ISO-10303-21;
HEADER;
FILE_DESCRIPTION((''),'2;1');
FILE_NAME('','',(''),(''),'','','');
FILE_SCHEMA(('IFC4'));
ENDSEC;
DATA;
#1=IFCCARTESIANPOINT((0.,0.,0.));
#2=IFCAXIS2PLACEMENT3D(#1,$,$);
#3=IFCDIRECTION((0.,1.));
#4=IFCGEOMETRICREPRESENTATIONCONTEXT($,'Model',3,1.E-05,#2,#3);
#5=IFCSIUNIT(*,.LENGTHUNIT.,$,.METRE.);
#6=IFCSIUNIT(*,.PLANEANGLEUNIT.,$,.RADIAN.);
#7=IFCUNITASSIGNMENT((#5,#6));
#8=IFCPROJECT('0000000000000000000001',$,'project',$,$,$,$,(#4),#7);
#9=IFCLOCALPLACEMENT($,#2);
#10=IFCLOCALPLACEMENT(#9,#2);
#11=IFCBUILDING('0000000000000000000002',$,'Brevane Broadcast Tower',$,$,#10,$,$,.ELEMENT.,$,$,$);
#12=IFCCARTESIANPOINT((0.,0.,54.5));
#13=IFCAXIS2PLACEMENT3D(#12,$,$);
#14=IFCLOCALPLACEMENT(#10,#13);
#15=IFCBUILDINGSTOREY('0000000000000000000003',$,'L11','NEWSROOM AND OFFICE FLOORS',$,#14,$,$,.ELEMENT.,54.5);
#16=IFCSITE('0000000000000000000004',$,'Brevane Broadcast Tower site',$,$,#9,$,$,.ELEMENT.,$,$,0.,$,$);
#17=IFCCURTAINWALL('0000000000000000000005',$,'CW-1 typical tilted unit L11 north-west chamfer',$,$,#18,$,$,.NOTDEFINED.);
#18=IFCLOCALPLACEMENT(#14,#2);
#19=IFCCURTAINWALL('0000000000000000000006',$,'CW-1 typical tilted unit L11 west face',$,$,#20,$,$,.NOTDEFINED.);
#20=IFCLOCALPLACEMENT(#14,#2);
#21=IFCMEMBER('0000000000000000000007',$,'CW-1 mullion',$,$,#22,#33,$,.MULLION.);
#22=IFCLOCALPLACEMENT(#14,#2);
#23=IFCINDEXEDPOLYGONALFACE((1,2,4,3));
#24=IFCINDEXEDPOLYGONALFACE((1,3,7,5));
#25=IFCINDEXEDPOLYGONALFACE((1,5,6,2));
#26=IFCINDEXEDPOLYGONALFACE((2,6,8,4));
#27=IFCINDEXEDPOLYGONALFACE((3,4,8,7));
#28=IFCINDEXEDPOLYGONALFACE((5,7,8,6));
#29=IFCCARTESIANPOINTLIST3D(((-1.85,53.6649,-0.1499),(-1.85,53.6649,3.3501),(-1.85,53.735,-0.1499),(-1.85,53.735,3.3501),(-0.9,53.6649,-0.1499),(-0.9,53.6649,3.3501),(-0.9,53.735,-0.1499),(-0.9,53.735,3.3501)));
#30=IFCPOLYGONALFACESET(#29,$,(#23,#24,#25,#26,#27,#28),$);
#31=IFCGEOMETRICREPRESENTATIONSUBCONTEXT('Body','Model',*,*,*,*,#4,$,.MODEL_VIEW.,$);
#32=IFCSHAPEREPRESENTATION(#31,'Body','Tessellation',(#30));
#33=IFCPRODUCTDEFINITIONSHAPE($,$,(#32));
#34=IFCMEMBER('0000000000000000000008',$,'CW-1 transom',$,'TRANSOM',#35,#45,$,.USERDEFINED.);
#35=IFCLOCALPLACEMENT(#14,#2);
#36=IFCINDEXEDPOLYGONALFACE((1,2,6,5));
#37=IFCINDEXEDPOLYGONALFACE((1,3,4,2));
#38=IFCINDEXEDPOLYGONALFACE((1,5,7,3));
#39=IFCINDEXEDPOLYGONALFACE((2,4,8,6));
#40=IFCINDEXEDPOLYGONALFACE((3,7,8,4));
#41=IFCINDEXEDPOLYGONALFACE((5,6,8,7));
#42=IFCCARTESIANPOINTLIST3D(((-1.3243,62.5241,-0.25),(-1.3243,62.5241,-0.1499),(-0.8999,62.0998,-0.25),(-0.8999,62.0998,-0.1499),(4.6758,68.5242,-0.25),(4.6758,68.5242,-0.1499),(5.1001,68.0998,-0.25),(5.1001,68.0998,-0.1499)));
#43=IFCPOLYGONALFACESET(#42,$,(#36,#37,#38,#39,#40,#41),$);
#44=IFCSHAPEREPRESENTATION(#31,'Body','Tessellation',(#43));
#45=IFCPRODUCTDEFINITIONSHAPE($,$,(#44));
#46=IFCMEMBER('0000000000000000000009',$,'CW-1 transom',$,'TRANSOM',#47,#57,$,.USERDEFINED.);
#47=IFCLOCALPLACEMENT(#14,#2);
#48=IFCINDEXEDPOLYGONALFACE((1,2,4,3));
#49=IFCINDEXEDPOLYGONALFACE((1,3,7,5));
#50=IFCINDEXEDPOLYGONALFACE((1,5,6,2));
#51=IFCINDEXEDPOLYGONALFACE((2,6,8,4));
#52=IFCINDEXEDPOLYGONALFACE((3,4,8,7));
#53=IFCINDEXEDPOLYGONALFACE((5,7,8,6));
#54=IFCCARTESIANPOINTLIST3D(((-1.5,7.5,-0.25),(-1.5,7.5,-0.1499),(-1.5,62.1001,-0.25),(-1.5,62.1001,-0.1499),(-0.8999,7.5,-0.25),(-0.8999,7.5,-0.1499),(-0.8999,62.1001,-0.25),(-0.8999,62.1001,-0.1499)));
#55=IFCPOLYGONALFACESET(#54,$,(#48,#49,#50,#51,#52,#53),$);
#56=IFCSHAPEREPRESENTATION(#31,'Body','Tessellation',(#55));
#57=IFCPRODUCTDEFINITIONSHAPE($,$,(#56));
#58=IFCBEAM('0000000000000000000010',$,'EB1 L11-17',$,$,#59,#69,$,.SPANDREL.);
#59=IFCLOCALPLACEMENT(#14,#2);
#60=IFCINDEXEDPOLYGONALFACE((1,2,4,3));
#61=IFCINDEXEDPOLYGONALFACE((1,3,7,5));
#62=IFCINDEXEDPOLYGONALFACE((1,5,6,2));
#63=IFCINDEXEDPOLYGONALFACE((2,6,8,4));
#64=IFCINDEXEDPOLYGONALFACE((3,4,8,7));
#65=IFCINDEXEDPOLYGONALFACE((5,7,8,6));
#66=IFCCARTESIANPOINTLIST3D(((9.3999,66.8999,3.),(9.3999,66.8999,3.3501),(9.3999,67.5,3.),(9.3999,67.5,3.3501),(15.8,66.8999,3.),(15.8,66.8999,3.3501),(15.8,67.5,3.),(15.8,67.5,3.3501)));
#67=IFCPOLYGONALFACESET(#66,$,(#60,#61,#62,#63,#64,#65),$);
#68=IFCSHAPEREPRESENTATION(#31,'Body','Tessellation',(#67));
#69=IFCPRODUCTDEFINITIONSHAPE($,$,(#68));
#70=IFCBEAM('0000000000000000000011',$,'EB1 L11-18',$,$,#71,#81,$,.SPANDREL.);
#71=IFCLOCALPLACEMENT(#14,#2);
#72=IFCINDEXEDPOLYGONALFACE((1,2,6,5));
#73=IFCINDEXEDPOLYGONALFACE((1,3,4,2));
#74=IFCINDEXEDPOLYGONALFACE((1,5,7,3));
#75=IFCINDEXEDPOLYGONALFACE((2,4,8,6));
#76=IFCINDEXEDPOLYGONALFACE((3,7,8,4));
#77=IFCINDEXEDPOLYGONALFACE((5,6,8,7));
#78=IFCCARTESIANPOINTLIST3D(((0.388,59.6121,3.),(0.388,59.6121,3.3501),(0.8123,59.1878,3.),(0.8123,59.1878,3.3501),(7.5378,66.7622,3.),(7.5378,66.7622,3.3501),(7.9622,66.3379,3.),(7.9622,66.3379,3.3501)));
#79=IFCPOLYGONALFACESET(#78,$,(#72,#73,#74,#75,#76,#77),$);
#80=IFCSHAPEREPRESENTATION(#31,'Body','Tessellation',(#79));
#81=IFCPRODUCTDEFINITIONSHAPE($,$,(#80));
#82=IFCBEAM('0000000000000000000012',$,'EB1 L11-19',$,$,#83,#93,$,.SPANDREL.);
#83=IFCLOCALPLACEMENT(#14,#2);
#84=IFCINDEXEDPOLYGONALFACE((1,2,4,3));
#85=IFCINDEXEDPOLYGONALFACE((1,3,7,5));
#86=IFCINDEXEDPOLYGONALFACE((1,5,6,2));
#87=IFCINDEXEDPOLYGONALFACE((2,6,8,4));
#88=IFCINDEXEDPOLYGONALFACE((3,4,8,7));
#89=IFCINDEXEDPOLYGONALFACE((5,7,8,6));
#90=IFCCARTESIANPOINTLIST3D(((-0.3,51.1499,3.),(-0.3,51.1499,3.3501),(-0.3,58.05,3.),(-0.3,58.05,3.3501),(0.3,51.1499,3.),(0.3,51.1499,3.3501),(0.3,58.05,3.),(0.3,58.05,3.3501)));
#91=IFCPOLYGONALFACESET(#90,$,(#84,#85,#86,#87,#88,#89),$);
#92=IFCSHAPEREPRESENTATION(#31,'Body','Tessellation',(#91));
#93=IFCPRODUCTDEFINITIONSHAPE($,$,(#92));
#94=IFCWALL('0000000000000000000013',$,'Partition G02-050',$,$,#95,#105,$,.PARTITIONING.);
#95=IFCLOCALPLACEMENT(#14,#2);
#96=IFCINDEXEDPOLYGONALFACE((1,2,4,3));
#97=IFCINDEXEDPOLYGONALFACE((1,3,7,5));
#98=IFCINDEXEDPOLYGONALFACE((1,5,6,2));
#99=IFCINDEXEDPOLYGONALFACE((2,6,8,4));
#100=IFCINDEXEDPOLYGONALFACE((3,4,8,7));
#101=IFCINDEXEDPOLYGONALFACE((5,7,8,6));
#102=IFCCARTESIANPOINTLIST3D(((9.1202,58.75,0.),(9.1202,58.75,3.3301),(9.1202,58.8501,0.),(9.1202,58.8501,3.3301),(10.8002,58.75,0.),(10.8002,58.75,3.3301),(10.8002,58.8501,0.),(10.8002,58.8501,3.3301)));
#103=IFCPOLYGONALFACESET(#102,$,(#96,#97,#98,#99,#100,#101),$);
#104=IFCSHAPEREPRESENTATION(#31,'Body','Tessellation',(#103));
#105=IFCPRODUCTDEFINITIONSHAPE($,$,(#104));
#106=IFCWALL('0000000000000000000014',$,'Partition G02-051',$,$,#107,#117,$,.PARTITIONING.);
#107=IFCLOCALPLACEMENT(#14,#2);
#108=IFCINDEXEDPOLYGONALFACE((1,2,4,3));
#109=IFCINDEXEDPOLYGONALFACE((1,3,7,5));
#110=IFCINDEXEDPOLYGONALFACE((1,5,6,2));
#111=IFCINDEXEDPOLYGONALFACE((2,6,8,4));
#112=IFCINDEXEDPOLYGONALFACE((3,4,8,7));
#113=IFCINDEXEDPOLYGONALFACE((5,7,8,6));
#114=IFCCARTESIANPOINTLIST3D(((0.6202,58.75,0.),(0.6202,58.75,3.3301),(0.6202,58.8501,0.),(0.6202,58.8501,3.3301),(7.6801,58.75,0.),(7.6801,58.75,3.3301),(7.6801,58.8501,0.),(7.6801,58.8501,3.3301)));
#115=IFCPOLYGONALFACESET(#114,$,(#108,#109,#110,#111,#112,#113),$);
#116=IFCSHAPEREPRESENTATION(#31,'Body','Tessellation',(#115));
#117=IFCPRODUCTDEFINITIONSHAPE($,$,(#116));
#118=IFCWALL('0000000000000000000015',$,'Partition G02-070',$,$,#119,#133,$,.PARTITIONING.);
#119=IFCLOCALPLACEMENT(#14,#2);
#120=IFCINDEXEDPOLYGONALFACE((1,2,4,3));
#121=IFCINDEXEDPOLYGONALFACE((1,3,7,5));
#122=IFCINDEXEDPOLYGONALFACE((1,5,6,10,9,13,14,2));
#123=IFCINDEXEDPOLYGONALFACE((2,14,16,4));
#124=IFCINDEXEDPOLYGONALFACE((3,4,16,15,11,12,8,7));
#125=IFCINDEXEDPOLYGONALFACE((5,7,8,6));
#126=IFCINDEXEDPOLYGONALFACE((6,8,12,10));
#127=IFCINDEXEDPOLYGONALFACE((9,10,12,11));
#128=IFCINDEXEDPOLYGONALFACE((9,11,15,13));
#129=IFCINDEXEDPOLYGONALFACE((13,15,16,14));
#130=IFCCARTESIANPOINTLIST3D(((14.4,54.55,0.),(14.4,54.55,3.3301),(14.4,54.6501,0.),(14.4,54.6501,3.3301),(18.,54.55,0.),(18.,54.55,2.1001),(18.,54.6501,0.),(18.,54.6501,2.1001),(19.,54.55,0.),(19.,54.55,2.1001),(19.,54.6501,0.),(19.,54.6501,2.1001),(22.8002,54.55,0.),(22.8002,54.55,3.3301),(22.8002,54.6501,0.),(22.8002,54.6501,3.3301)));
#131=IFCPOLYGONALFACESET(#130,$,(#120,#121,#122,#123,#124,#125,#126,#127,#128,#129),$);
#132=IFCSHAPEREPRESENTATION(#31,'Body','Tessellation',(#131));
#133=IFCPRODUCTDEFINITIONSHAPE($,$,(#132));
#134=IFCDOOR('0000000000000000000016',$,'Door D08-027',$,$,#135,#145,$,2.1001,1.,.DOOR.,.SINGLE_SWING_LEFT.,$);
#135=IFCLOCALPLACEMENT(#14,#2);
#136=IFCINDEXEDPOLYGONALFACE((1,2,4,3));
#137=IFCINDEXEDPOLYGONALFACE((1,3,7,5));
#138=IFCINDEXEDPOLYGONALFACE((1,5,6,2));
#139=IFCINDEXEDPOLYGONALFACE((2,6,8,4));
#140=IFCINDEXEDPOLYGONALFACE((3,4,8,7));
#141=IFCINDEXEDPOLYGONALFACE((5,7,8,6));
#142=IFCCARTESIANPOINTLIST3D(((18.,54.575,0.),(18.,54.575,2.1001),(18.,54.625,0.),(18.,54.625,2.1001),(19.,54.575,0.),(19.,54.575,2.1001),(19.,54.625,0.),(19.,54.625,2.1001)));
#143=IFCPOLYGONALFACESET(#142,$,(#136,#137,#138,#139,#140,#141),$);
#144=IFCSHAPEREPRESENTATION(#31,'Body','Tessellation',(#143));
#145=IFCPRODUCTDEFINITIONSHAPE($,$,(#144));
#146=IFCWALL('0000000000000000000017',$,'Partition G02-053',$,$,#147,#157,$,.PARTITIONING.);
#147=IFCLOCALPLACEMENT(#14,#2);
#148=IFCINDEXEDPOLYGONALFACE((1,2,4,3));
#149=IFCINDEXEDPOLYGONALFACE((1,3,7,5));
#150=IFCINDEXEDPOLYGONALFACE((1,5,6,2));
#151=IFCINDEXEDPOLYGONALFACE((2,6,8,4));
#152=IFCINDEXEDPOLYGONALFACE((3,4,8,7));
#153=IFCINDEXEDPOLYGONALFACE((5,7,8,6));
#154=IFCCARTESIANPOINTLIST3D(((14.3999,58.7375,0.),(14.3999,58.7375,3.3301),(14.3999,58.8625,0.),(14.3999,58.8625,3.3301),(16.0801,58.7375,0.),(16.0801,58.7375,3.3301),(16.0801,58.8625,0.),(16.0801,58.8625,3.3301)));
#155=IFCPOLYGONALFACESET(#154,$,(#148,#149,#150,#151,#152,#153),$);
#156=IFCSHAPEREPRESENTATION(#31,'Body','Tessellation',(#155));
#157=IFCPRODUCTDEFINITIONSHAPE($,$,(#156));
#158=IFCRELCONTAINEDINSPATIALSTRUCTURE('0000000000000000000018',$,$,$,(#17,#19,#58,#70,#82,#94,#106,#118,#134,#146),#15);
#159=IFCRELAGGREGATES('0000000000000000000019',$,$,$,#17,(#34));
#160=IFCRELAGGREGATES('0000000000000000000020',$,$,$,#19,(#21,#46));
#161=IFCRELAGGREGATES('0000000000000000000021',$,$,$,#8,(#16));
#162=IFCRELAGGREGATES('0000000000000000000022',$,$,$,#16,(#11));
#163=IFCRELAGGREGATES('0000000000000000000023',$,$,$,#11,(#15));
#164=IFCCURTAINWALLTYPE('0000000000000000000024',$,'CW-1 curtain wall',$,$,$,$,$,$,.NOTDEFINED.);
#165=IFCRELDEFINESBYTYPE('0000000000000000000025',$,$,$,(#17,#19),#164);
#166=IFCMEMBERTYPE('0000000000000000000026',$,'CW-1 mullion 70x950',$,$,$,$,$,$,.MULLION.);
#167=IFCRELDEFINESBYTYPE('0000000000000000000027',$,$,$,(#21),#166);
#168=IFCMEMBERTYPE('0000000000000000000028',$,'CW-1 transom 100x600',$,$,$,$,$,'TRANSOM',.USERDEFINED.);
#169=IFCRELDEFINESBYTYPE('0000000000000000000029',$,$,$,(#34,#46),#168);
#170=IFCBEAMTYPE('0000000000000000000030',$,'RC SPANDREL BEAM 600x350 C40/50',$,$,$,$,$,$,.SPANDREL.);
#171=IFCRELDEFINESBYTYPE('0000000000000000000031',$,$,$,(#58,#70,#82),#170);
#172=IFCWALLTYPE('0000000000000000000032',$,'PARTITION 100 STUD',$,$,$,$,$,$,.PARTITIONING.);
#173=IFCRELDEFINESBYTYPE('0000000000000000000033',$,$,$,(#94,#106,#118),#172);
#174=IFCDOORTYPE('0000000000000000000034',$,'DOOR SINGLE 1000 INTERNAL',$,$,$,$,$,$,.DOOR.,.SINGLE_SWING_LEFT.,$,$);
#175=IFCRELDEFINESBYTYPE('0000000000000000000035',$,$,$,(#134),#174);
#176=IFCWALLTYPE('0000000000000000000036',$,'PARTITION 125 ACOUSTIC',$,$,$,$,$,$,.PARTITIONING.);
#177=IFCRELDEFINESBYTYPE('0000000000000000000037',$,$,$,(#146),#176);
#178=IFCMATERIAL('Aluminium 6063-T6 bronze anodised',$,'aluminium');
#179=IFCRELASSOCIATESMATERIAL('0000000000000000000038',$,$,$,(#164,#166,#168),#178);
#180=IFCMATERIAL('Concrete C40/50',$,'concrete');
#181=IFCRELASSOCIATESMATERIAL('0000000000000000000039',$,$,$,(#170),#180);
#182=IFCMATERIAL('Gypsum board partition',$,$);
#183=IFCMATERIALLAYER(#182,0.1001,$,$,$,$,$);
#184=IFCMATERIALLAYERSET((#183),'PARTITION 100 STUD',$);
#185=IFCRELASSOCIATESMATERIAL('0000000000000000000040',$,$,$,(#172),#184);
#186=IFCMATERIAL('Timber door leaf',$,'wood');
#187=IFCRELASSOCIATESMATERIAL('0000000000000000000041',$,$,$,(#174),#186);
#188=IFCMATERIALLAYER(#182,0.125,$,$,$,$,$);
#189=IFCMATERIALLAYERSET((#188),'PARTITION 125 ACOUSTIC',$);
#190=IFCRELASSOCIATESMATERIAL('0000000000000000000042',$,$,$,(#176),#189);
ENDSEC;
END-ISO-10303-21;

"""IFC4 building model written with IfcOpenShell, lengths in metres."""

from ifc_helpers import new_model, si_unit, direction, frame, frame_2d, origin, origin_2d, place, context, subcontext, project, spatial, rectangle, extrude, material, layer, layer_set, material_profile, profile_set, type_object, element, fill, aggregate, save


model = new_model("IFC4")

# Units and contexts
model_context = context("Model", 3, precision=1e-05, world=origin(), true_north=direction((0.0, 1.0)))
body_context = subcontext(model_context, "Body", "Model", "MODEL_VIEW")
ifc_project = project(units=[si_unit("LENGTHUNIT", "METRE"), si_unit("PLANEANGLEUNIT", "RADIAN")], contexts=[model_context])

# Site, building, storey
site_placement = place(None, origin())
site = spatial("IfcSite", under=ifc_project, at=site_placement, Name="Brevane Broadcast Tower site", CompositionType="ELEMENT", RefElevation=0.0)
building_placement = place(site_placement, origin())
building = spatial("IfcBuilding", under=site, at=building_placement, Name="Brevane Broadcast Tower", CompositionType="ELEMENT")
storey_placement = place(building_placement, frame((0.0, 0.0, 54.5)))
storey = spatial("IfcBuildingStorey", under=building, at=storey_placement, Name="L11", Description="NEWSROOM AND OFFICE FLOORS", CompositionType="ELEMENT", Elevation=54.5)

# Curtain walls, member
ifc_material_1 = material(Name="Aluminium 6063-T6 bronze anodised", Category="aluminium")
curtain_wall_type = type_object("IfcCurtainWallType", Name="CW-1 curtain wall", PredefinedType="NOTDEFINED", material=ifc_material_1)
ifc_material_profile_1 = material_profile(ifc_material_1, rectangle(XDim=0.95, YDim=0.0701, at=origin_2d()), Name="RECT 70x950")
ifc_profile_set_1 = profile_set([ifc_material_profile_1], Name="Aluminium 6063-T6 bronze anodised")
member_type_1 = type_object("IfcMemberType", Name="CW-1 mullion 70x950", PredefinedType="MULLION", material=ifc_profile_set_1)
curtain_wall_1_placement = place(storey_placement, origin())
curtain_wall_1 = element("IfcCurtainWall", 1, at=curtain_wall_1_placement, inside=storey, type_object=curtain_wall_type, Name="CW-1 typical tilted unit L11 north-west chamfer", PredefinedType="NOTDEFINED")
curtain_wall_2_placement = place(storey_placement, origin())
curtain_wall_2 = element("IfcCurtainWall", 2, at=curtain_wall_2_placement, inside=storey, type_object=curtain_wall_type, Name="CW-1 typical tilted unit L11 west face", PredefinedType="NOTDEFINED")
member_1_placement = place(storey_placement, frame((-1.375, 53.7, -0.1499), z_axis=(0.0, 0.0, 1.0), x_axis=(1.0, 0.0, 0.0)))
member_1 = element("IfcMember", 3, at=member_1_placement, type_object=member_type_1, Name="CW-1 mullion", PredefinedType="MULLION", context=body_context, shape_type="SweptSolid", body=[
    extrude(rectangle(XDim=0.95, YDim=0.0701, at=origin_2d()), origin(), (0.0, 0.0, 1.0), 3.5),
])

# Members
ifc_material_profile_2 = material_profile(ifc_material_1, rectangle(XDim=0.6001, YDim=0.1001, at=origin_2d()), Name="RECT 100x600")
ifc_profile_set_2 = profile_set([ifc_material_profile_2], Name="Aluminium 6063-T6 bronze anodised")
member_type_2 = type_object("IfcMemberType", Name="CW-1 transom 100x600", ElementType="TRANSOM", PredefinedType="USERDEFINED", material=ifc_profile_set_2)
member_2_placement = place(storey_placement, frame((4.8879, 68.312, -0.2), z_axis=(-0.707107, -0.707107, 0.0), x_axis=(0.707107, -0.707107, 0.0)))
member_2 = element("IfcMember", 4, at=member_2_placement, type_object=member_type_2, Name="CW-1 transom", ObjectType="TRANSOM", PredefinedType="USERDEFINED", context=body_context, shape_type="SweptSolid", body=[
    extrude(rectangle(XDim=0.6001, YDim=0.1001, at=origin_2d()), origin(), (0.0, 0.0, 1.0), 8.4854),
])
aggregate(curtain_wall_1, [member_2])
member_3_placement = place(storey_placement, frame((-1.2, 62.1001, -0.2), z_axis=(0.0, -1.0, 0.0), x_axis=(1.0, 0.0, 0.0)))
member_3 = element("IfcMember", 5, at=member_3_placement, type_object=member_type_2, Name="CW-1 transom", ObjectType="TRANSOM", PredefinedType="USERDEFINED", context=body_context, shape_type="SweptSolid", body=[
    extrude(rectangle(XDim=0.6001, YDim=0.1001, at=origin_2d()), origin(), (0.0, 0.0, 1.0), 54.6001),
])
aggregate(curtain_wall_2, [member_1, member_3])

# Beams
ifc_material_2 = material(Name="Concrete C40/50", Category="concrete")
ifc_material_profile_3 = material_profile(ifc_material_2, rectangle(XDim=0.6001, YDim=0.3501, at=origin_2d()), Name="RC 600x350")
ifc_profile_set_3 = profile_set([ifc_material_profile_3], Name="Concrete C40/50")
beam_type = type_object("IfcBeamType", Name="RC SPANDREL BEAM 600x350 C40/50", PredefinedType="SPANDREL", material=ifc_profile_set_3)
beam_1_placement = place(storey_placement, frame((15.8, 67.2, 3.175), z_axis=(-1.0, 0.0, 0.0), x_axis=(0.0, -1.0, 0.0)))
element("IfcBeam", 6, at=beam_1_placement, inside=storey, type_object=beam_type, Name="EB1 L11-17", PredefinedType="SPANDREL", context=body_context, shape_type="SweptSolid", body=[
    extrude(rectangle(XDim=0.6001, YDim=0.3501, at=origin_2d()), origin(), (0.0, 0.0, 1.0), 6.4001),
])
beam_2_placement = place(storey_placement, frame((7.75, 66.55, 3.175), z_axis=(-0.707095, -0.707119, 0.0), x_axis=(0.707119, -0.707095, 0.0)))
element("IfcBeam", 7, at=beam_2_placement, inside=storey, type_object=beam_type, Name="EB1 L11-18", PredefinedType="SPANDREL", context=body_context, shape_type="SweptSolid", body=[
    extrude(rectangle(XDim=0.6001, YDim=0.3501, at=origin_2d()), origin(), (0.0, 0.0, 1.0), 10.1116),
])
beam_3_placement = place(storey_placement, frame((0.0, 58.05, 3.175), z_axis=(0.0, -1.0, 0.0), x_axis=(1.0, 0.0, 0.0)))
element("IfcBeam", 8, at=beam_3_placement, inside=storey, type_object=beam_type, Name="EB1 L11-19", PredefinedType="SPANDREL", context=body_context, shape_type="SweptSolid", body=[
    extrude(rectangle(XDim=0.6001, YDim=0.3501, at=origin_2d()), origin(), (0.0, 0.0, 1.0), 6.9001),
])

# Walls
ifc_material_3 = material(Name="Gypsum board partition")
ifc_layer_1 = layer(ifc_material_3, 0.1001)
ifc_layer_set_1 = layer_set([ifc_layer_1], Name="PARTITION 100 STUD")
wall_type_1 = type_object("IfcWallType", Name="PARTITION 100 STUD", PredefinedType="PARTITIONING", material=ifc_layer_set_1)
wall_1_placement = place(storey_placement, frame((10.8, 58.8, 0.0), z_axis=(0.0, 0.0, 1.0), x_axis=(-1.0, 0.0, 0.0)))
element("IfcWall", 9, at=wall_1_placement, inside=storey, type_object=wall_type_1, Name="Partition G02-050", PredefinedType="PARTITIONING", context=body_context, shape_type="SweptSolid", body=[
    extrude(rectangle(XDim=1.6799, YDim=0.1001, at=frame_2d((0.8398, 0.0))), origin(), (0.0, 0.0, 1.0), 3.3301),
])
wall_2_placement = place(storey_placement, frame((7.6799, 58.8, 0.0), z_axis=(0.0, 0.0, 1.0), x_axis=(-1.0, 0.0, 0.0)))
element("IfcWall", 10, at=wall_2_placement, inside=storey, type_object=wall_type_1, Name="Partition G02-051", PredefinedType="PARTITIONING", context=body_context, shape_type="SweptSolid", body=[
    extrude(rectangle(XDim=7.0598, YDim=0.1001, at=frame_2d((3.5298, 0.0))), origin(), (0.0, 0.0, 1.0), 3.3301),
])

# Wall, opening, door
wall_3_placement = place(storey_placement, frame((14.3999, 54.6001, 0.0), z_axis=(0.0, 0.0, 1.0), x_axis=(1.0, 0.0, 0.0)))
wall_3 = element("IfcWall", 11, at=wall_3_placement, inside=storey, type_object=wall_type_1, Name="Partition G02-070", PredefinedType="PARTITIONING", context=body_context, shape_type="SweptSolid", body=[
    extrude(rectangle(XDim=8.4001, YDim=0.1001, at=frame_2d((4.2002, 0.0))), origin(), (0.0, 0.0, 1.0), 3.3301),
])
opening_1_placement = place(wall_3_placement, frame((3.6001, 0.0, 0.0)))
opening_1 = element("IfcOpeningElement", 12, at=opening_1_placement, cuts=wall_3, PredefinedType="OPENING", context=body_context, shape_type="SweptSolid", body=[
    extrude(rectangle(XDim=1.0, YDim=2.1001, at=frame_2d((0.5, 1.05))), frame((0.0, 0.0601, 0.0), z_axis=(0.0, -1.0, 0.0), x_axis=(1.0, 0.0, 0.0)), (0.0, 0.0, 1.0), 0.1201),
])
ifc_material_4 = material(Name="Timber door leaf", Category="wood")
door_type_1 = type_object("IfcDoorType", Name="DOOR SINGLE 1000 INTERNAL", OperationType="SINGLE_SWING_LEFT", PredefinedType="DOOR", material=ifc_material_4)
door_1_placement = place(opening_1_placement, origin())
door_1 = element("IfcDoor", 13, at=door_1_placement, inside=storey, type_object=door_type_1, Name="Door D08-027", OperationType="SINGLE_SWING_LEFT", OverallHeight=2.1001, OverallWidth=1.0, PredefinedType="DOOR", context=body_context, shape_type="SweptSolid", body=[
    extrude(rectangle(XDim=1.0, YDim=2.1001, at=frame_2d((0.5, 1.05))), frame((0.0, 0.0249, 0.0), z_axis=(0.0, -1.0, 0.0), x_axis=(1.0, 0.0, 0.0)), (0.0, 0.0, 1.0), 0.05),
])
fill(opening_1, door_1)

# Wall
ifc_layer_2 = layer(ifc_material_3, 0.125)
ifc_layer_set_2 = layer_set([ifc_layer_2], Name="PARTITION 125 ACOUSTIC")
wall_type_2 = type_object("IfcWallType", Name="PARTITION 125 ACOUSTIC", PredefinedType="PARTITIONING", material=ifc_layer_set_2)
wall_4_placement = place(storey_placement, frame((16.0801, 58.8, 0.0), z_axis=(0.0, 0.0, 1.0), x_axis=(-1.0, 0.0, 0.0)))
element("IfcWall", 14, at=wall_4_placement, inside=storey, type_object=wall_type_2, Name="Partition G02-053", PredefinedType="PARTITIONING", context=body_context, shape_type="SweptSolid", body=[
    extrude(rectangle(XDim=1.6802, YDim=0.125, at=frame_2d((0.8401, 0.0))), origin(), (0.0, 0.0, 1.0), 3.3301),
])

save(model, "model.ifc")
